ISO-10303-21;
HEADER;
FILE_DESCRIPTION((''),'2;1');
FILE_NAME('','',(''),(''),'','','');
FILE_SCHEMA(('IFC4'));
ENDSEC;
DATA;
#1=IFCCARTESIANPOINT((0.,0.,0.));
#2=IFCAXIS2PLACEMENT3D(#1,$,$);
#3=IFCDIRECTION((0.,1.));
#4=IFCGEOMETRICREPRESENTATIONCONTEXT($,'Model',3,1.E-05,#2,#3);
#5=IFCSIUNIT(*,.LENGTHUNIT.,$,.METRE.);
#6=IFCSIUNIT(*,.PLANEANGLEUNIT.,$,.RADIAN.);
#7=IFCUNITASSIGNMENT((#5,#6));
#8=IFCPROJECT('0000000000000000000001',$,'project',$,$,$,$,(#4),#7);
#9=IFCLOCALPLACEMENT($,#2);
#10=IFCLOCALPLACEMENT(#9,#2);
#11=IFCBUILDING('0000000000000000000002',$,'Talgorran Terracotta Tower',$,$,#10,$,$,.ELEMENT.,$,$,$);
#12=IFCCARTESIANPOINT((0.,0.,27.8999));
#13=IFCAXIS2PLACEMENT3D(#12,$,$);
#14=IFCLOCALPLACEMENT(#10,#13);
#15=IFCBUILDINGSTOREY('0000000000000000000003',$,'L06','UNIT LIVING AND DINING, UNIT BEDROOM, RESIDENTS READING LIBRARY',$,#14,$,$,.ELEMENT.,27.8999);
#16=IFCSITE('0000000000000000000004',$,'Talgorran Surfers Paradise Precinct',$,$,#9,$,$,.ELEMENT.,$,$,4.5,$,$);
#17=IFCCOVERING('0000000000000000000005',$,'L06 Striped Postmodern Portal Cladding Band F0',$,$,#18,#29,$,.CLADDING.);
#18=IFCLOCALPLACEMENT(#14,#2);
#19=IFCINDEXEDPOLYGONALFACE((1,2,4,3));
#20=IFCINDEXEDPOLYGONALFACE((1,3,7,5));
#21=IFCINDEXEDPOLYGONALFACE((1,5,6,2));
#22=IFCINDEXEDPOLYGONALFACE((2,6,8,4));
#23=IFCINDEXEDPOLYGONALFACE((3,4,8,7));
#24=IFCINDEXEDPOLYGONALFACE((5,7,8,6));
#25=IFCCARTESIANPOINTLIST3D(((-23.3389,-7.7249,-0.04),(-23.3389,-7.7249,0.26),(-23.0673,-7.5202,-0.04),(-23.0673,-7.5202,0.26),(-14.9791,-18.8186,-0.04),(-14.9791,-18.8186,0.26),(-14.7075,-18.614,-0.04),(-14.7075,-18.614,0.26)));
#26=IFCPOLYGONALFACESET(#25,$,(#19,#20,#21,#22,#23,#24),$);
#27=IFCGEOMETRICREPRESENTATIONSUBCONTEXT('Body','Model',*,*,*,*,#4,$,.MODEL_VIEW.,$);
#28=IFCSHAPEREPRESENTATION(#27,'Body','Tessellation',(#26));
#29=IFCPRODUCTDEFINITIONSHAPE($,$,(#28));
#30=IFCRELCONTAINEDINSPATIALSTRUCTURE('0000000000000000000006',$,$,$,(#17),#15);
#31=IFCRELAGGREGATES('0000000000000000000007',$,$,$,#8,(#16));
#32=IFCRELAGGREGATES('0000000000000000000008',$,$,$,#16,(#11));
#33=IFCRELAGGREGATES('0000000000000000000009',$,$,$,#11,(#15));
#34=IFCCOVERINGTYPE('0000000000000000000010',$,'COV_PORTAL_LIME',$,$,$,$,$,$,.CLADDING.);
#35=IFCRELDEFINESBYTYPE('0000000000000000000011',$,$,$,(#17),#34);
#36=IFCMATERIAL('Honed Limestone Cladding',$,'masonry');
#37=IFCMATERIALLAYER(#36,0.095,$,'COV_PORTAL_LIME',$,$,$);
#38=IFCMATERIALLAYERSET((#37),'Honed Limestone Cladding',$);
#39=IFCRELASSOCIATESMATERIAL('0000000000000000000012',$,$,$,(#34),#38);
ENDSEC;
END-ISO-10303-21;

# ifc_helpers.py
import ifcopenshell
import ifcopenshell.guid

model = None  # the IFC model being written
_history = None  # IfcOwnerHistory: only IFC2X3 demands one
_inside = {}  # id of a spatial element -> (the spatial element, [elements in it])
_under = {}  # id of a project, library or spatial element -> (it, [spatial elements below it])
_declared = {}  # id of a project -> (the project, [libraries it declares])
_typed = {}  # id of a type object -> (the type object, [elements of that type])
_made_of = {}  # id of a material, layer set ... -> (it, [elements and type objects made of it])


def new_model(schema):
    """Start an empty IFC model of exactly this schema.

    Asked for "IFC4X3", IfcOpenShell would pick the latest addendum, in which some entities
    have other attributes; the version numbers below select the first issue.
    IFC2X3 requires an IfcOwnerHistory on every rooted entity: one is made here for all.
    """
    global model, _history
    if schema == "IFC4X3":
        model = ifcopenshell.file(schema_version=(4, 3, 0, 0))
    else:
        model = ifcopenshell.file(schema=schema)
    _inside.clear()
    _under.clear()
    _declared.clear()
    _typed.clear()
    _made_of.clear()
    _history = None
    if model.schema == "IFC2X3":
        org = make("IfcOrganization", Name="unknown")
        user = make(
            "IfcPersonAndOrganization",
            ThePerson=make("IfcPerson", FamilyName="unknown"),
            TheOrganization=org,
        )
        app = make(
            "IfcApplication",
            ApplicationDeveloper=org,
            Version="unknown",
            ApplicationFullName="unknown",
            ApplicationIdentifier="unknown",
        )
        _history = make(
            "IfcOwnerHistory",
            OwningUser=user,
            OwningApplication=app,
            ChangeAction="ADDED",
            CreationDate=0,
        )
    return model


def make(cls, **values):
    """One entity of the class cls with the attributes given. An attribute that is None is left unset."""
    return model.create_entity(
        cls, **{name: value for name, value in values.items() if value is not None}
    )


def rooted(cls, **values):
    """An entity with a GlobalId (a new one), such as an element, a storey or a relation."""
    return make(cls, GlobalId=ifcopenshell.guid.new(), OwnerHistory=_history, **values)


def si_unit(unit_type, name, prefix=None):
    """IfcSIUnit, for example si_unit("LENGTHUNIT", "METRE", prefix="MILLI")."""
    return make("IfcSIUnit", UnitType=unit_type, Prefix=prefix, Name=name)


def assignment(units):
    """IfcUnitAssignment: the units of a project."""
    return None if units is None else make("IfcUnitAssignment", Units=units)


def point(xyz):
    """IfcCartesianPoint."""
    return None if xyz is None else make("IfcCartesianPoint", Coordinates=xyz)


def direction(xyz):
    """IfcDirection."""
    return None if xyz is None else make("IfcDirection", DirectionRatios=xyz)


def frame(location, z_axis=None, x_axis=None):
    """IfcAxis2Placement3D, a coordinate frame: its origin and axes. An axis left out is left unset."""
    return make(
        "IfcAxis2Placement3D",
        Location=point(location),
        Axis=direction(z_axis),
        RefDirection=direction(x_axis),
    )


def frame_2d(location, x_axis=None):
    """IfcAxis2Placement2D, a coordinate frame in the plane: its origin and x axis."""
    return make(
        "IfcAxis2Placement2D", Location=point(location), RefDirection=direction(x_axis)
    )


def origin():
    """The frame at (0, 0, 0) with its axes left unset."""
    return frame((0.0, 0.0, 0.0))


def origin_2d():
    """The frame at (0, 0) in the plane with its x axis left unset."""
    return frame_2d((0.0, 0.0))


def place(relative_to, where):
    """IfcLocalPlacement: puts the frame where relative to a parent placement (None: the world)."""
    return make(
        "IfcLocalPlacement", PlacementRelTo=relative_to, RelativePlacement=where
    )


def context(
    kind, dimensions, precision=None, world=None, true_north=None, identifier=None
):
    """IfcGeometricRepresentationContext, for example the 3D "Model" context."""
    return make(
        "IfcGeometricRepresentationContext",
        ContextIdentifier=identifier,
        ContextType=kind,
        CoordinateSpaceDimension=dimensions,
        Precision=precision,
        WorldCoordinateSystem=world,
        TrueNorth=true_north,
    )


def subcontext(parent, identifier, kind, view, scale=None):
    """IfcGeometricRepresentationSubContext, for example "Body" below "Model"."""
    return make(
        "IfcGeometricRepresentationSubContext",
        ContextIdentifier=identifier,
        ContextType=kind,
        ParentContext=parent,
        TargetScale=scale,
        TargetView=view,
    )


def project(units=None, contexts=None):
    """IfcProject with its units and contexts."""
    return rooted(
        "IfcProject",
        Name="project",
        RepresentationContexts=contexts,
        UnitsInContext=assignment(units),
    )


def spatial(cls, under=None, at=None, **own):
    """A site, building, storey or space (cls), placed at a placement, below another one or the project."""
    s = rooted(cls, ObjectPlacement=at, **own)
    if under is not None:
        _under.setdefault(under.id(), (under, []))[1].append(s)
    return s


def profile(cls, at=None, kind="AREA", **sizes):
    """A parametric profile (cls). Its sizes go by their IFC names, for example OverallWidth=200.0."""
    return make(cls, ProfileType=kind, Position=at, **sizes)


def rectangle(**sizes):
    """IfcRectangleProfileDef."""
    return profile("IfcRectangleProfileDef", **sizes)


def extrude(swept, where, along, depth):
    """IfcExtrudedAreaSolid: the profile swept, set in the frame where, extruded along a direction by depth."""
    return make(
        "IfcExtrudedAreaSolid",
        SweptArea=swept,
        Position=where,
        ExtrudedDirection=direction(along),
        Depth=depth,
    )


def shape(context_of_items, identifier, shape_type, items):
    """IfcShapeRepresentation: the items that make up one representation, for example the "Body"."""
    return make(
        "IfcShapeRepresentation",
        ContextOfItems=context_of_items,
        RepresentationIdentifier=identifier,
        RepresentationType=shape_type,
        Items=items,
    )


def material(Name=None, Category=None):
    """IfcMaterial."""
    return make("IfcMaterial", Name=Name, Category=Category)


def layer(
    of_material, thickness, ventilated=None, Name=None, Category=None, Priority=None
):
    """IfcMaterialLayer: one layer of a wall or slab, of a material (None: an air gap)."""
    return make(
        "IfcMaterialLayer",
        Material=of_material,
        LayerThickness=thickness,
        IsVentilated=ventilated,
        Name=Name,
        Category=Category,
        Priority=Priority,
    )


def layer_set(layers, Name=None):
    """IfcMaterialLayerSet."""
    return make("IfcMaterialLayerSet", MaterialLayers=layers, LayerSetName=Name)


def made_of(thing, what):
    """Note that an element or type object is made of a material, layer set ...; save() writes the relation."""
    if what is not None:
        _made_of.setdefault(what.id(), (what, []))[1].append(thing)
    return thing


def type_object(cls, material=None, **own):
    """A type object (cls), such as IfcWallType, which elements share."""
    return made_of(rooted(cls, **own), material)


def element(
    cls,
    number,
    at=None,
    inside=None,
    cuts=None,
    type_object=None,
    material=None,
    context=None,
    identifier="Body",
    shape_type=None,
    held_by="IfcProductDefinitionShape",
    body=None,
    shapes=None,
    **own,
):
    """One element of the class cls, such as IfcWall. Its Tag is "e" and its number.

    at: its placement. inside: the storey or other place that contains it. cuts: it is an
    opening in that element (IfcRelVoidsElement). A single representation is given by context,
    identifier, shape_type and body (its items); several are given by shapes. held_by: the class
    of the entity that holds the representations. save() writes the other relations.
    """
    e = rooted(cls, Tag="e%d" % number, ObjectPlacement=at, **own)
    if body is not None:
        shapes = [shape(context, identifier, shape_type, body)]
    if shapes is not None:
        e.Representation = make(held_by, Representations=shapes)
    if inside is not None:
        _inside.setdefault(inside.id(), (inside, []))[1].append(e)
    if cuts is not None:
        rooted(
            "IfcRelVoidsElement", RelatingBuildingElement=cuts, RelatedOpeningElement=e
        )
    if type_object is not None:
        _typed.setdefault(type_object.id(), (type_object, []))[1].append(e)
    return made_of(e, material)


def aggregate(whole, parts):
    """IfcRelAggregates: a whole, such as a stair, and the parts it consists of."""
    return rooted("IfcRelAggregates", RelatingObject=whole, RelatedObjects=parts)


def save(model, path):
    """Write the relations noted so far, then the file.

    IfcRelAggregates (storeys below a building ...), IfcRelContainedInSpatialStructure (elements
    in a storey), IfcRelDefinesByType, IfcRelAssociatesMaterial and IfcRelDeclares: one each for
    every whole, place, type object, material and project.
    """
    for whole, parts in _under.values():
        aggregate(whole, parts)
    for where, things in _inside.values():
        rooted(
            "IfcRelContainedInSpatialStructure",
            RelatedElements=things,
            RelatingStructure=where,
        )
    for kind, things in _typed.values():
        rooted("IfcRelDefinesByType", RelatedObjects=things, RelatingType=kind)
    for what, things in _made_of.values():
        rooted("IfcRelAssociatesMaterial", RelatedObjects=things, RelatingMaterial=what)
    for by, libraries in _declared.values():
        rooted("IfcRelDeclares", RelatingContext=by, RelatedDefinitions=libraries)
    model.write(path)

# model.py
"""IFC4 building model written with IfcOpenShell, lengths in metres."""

from ifc_helpers import new_model, si_unit, direction, frame, origin, origin_2d, place, context, subcontext, project, spatial, rectangle, extrude, material, layer, layer_set, type_object, element, save


model = new_model("IFC4")

# Units and contexts
model_context = context("Model", 3, precision=1e-05, world=origin(), true_north=direction((0.0, 1.0)))
body_context = subcontext(model_context, "Body", "Model", "MODEL_VIEW")
ifc_project = project(units=[si_unit("LENGTHUNIT", "METRE"), si_unit("PLANEANGLEUNIT", "RADIAN")], contexts=[model_context])

# Site, building, storey
site_placement = place(None, origin())
site = spatial("IfcSite", under=ifc_project, at=site_placement, Name="Talgorran Surfers Paradise Precinct", CompositionType="ELEMENT", RefElevation=4.5)
building_placement = place(site_placement, origin())
building = spatial("IfcBuilding", under=site, at=building_placement, Name="Talgorran Terracotta Tower", CompositionType="ELEMENT")
storey_placement = place(building_placement, frame((0.0, 0.0, 27.8999)))
storey = spatial("IfcBuildingStorey", under=building, at=storey_placement, Name="L06", Description="UNIT LIVING AND DINING, UNIT BEDROOM, RESIDENTS READING LIBRARY", CompositionType="ELEMENT", Elevation=27.8999)

# Covering
ifc_material_1 = material(Name="Honed Limestone Cladding", Category="masonry")
ifc_layer_1 = layer(ifc_material_1, 0.095, Name="COV_PORTAL_LIME")
ifc_layer_set_1 = layer_set([ifc_layer_1], Name="Honed Limestone Cladding")
covering_type_1 = type_object("IfcCoveringType", Name="COV_PORTAL_LIME", PredefinedType="CLADDING", material=ifc_layer_set_1)
covering_1_placement = place(storey_placement, frame((-19.0232, -13.1694, -0.04), z_axis=(0.0, 0.0, 1.0), x_axis=(0.601815, -0.798636, 0.0)))
element("IfcCovering", 1, at=covering_1_placement, inside=storey, type_object=covering_type_1, Name="L06 Striped Postmodern Portal Cladding Band F0", PredefinedType="CLADDING", context=body_context, shape_type="SweptSolid", body=[
    extrude(rectangle(XDim=13.8909, YDim=0.3401, at=origin_2d()), origin(), (0.0, 0.0, 1.0), 0.3),
])

save(model, "model.ifc")
